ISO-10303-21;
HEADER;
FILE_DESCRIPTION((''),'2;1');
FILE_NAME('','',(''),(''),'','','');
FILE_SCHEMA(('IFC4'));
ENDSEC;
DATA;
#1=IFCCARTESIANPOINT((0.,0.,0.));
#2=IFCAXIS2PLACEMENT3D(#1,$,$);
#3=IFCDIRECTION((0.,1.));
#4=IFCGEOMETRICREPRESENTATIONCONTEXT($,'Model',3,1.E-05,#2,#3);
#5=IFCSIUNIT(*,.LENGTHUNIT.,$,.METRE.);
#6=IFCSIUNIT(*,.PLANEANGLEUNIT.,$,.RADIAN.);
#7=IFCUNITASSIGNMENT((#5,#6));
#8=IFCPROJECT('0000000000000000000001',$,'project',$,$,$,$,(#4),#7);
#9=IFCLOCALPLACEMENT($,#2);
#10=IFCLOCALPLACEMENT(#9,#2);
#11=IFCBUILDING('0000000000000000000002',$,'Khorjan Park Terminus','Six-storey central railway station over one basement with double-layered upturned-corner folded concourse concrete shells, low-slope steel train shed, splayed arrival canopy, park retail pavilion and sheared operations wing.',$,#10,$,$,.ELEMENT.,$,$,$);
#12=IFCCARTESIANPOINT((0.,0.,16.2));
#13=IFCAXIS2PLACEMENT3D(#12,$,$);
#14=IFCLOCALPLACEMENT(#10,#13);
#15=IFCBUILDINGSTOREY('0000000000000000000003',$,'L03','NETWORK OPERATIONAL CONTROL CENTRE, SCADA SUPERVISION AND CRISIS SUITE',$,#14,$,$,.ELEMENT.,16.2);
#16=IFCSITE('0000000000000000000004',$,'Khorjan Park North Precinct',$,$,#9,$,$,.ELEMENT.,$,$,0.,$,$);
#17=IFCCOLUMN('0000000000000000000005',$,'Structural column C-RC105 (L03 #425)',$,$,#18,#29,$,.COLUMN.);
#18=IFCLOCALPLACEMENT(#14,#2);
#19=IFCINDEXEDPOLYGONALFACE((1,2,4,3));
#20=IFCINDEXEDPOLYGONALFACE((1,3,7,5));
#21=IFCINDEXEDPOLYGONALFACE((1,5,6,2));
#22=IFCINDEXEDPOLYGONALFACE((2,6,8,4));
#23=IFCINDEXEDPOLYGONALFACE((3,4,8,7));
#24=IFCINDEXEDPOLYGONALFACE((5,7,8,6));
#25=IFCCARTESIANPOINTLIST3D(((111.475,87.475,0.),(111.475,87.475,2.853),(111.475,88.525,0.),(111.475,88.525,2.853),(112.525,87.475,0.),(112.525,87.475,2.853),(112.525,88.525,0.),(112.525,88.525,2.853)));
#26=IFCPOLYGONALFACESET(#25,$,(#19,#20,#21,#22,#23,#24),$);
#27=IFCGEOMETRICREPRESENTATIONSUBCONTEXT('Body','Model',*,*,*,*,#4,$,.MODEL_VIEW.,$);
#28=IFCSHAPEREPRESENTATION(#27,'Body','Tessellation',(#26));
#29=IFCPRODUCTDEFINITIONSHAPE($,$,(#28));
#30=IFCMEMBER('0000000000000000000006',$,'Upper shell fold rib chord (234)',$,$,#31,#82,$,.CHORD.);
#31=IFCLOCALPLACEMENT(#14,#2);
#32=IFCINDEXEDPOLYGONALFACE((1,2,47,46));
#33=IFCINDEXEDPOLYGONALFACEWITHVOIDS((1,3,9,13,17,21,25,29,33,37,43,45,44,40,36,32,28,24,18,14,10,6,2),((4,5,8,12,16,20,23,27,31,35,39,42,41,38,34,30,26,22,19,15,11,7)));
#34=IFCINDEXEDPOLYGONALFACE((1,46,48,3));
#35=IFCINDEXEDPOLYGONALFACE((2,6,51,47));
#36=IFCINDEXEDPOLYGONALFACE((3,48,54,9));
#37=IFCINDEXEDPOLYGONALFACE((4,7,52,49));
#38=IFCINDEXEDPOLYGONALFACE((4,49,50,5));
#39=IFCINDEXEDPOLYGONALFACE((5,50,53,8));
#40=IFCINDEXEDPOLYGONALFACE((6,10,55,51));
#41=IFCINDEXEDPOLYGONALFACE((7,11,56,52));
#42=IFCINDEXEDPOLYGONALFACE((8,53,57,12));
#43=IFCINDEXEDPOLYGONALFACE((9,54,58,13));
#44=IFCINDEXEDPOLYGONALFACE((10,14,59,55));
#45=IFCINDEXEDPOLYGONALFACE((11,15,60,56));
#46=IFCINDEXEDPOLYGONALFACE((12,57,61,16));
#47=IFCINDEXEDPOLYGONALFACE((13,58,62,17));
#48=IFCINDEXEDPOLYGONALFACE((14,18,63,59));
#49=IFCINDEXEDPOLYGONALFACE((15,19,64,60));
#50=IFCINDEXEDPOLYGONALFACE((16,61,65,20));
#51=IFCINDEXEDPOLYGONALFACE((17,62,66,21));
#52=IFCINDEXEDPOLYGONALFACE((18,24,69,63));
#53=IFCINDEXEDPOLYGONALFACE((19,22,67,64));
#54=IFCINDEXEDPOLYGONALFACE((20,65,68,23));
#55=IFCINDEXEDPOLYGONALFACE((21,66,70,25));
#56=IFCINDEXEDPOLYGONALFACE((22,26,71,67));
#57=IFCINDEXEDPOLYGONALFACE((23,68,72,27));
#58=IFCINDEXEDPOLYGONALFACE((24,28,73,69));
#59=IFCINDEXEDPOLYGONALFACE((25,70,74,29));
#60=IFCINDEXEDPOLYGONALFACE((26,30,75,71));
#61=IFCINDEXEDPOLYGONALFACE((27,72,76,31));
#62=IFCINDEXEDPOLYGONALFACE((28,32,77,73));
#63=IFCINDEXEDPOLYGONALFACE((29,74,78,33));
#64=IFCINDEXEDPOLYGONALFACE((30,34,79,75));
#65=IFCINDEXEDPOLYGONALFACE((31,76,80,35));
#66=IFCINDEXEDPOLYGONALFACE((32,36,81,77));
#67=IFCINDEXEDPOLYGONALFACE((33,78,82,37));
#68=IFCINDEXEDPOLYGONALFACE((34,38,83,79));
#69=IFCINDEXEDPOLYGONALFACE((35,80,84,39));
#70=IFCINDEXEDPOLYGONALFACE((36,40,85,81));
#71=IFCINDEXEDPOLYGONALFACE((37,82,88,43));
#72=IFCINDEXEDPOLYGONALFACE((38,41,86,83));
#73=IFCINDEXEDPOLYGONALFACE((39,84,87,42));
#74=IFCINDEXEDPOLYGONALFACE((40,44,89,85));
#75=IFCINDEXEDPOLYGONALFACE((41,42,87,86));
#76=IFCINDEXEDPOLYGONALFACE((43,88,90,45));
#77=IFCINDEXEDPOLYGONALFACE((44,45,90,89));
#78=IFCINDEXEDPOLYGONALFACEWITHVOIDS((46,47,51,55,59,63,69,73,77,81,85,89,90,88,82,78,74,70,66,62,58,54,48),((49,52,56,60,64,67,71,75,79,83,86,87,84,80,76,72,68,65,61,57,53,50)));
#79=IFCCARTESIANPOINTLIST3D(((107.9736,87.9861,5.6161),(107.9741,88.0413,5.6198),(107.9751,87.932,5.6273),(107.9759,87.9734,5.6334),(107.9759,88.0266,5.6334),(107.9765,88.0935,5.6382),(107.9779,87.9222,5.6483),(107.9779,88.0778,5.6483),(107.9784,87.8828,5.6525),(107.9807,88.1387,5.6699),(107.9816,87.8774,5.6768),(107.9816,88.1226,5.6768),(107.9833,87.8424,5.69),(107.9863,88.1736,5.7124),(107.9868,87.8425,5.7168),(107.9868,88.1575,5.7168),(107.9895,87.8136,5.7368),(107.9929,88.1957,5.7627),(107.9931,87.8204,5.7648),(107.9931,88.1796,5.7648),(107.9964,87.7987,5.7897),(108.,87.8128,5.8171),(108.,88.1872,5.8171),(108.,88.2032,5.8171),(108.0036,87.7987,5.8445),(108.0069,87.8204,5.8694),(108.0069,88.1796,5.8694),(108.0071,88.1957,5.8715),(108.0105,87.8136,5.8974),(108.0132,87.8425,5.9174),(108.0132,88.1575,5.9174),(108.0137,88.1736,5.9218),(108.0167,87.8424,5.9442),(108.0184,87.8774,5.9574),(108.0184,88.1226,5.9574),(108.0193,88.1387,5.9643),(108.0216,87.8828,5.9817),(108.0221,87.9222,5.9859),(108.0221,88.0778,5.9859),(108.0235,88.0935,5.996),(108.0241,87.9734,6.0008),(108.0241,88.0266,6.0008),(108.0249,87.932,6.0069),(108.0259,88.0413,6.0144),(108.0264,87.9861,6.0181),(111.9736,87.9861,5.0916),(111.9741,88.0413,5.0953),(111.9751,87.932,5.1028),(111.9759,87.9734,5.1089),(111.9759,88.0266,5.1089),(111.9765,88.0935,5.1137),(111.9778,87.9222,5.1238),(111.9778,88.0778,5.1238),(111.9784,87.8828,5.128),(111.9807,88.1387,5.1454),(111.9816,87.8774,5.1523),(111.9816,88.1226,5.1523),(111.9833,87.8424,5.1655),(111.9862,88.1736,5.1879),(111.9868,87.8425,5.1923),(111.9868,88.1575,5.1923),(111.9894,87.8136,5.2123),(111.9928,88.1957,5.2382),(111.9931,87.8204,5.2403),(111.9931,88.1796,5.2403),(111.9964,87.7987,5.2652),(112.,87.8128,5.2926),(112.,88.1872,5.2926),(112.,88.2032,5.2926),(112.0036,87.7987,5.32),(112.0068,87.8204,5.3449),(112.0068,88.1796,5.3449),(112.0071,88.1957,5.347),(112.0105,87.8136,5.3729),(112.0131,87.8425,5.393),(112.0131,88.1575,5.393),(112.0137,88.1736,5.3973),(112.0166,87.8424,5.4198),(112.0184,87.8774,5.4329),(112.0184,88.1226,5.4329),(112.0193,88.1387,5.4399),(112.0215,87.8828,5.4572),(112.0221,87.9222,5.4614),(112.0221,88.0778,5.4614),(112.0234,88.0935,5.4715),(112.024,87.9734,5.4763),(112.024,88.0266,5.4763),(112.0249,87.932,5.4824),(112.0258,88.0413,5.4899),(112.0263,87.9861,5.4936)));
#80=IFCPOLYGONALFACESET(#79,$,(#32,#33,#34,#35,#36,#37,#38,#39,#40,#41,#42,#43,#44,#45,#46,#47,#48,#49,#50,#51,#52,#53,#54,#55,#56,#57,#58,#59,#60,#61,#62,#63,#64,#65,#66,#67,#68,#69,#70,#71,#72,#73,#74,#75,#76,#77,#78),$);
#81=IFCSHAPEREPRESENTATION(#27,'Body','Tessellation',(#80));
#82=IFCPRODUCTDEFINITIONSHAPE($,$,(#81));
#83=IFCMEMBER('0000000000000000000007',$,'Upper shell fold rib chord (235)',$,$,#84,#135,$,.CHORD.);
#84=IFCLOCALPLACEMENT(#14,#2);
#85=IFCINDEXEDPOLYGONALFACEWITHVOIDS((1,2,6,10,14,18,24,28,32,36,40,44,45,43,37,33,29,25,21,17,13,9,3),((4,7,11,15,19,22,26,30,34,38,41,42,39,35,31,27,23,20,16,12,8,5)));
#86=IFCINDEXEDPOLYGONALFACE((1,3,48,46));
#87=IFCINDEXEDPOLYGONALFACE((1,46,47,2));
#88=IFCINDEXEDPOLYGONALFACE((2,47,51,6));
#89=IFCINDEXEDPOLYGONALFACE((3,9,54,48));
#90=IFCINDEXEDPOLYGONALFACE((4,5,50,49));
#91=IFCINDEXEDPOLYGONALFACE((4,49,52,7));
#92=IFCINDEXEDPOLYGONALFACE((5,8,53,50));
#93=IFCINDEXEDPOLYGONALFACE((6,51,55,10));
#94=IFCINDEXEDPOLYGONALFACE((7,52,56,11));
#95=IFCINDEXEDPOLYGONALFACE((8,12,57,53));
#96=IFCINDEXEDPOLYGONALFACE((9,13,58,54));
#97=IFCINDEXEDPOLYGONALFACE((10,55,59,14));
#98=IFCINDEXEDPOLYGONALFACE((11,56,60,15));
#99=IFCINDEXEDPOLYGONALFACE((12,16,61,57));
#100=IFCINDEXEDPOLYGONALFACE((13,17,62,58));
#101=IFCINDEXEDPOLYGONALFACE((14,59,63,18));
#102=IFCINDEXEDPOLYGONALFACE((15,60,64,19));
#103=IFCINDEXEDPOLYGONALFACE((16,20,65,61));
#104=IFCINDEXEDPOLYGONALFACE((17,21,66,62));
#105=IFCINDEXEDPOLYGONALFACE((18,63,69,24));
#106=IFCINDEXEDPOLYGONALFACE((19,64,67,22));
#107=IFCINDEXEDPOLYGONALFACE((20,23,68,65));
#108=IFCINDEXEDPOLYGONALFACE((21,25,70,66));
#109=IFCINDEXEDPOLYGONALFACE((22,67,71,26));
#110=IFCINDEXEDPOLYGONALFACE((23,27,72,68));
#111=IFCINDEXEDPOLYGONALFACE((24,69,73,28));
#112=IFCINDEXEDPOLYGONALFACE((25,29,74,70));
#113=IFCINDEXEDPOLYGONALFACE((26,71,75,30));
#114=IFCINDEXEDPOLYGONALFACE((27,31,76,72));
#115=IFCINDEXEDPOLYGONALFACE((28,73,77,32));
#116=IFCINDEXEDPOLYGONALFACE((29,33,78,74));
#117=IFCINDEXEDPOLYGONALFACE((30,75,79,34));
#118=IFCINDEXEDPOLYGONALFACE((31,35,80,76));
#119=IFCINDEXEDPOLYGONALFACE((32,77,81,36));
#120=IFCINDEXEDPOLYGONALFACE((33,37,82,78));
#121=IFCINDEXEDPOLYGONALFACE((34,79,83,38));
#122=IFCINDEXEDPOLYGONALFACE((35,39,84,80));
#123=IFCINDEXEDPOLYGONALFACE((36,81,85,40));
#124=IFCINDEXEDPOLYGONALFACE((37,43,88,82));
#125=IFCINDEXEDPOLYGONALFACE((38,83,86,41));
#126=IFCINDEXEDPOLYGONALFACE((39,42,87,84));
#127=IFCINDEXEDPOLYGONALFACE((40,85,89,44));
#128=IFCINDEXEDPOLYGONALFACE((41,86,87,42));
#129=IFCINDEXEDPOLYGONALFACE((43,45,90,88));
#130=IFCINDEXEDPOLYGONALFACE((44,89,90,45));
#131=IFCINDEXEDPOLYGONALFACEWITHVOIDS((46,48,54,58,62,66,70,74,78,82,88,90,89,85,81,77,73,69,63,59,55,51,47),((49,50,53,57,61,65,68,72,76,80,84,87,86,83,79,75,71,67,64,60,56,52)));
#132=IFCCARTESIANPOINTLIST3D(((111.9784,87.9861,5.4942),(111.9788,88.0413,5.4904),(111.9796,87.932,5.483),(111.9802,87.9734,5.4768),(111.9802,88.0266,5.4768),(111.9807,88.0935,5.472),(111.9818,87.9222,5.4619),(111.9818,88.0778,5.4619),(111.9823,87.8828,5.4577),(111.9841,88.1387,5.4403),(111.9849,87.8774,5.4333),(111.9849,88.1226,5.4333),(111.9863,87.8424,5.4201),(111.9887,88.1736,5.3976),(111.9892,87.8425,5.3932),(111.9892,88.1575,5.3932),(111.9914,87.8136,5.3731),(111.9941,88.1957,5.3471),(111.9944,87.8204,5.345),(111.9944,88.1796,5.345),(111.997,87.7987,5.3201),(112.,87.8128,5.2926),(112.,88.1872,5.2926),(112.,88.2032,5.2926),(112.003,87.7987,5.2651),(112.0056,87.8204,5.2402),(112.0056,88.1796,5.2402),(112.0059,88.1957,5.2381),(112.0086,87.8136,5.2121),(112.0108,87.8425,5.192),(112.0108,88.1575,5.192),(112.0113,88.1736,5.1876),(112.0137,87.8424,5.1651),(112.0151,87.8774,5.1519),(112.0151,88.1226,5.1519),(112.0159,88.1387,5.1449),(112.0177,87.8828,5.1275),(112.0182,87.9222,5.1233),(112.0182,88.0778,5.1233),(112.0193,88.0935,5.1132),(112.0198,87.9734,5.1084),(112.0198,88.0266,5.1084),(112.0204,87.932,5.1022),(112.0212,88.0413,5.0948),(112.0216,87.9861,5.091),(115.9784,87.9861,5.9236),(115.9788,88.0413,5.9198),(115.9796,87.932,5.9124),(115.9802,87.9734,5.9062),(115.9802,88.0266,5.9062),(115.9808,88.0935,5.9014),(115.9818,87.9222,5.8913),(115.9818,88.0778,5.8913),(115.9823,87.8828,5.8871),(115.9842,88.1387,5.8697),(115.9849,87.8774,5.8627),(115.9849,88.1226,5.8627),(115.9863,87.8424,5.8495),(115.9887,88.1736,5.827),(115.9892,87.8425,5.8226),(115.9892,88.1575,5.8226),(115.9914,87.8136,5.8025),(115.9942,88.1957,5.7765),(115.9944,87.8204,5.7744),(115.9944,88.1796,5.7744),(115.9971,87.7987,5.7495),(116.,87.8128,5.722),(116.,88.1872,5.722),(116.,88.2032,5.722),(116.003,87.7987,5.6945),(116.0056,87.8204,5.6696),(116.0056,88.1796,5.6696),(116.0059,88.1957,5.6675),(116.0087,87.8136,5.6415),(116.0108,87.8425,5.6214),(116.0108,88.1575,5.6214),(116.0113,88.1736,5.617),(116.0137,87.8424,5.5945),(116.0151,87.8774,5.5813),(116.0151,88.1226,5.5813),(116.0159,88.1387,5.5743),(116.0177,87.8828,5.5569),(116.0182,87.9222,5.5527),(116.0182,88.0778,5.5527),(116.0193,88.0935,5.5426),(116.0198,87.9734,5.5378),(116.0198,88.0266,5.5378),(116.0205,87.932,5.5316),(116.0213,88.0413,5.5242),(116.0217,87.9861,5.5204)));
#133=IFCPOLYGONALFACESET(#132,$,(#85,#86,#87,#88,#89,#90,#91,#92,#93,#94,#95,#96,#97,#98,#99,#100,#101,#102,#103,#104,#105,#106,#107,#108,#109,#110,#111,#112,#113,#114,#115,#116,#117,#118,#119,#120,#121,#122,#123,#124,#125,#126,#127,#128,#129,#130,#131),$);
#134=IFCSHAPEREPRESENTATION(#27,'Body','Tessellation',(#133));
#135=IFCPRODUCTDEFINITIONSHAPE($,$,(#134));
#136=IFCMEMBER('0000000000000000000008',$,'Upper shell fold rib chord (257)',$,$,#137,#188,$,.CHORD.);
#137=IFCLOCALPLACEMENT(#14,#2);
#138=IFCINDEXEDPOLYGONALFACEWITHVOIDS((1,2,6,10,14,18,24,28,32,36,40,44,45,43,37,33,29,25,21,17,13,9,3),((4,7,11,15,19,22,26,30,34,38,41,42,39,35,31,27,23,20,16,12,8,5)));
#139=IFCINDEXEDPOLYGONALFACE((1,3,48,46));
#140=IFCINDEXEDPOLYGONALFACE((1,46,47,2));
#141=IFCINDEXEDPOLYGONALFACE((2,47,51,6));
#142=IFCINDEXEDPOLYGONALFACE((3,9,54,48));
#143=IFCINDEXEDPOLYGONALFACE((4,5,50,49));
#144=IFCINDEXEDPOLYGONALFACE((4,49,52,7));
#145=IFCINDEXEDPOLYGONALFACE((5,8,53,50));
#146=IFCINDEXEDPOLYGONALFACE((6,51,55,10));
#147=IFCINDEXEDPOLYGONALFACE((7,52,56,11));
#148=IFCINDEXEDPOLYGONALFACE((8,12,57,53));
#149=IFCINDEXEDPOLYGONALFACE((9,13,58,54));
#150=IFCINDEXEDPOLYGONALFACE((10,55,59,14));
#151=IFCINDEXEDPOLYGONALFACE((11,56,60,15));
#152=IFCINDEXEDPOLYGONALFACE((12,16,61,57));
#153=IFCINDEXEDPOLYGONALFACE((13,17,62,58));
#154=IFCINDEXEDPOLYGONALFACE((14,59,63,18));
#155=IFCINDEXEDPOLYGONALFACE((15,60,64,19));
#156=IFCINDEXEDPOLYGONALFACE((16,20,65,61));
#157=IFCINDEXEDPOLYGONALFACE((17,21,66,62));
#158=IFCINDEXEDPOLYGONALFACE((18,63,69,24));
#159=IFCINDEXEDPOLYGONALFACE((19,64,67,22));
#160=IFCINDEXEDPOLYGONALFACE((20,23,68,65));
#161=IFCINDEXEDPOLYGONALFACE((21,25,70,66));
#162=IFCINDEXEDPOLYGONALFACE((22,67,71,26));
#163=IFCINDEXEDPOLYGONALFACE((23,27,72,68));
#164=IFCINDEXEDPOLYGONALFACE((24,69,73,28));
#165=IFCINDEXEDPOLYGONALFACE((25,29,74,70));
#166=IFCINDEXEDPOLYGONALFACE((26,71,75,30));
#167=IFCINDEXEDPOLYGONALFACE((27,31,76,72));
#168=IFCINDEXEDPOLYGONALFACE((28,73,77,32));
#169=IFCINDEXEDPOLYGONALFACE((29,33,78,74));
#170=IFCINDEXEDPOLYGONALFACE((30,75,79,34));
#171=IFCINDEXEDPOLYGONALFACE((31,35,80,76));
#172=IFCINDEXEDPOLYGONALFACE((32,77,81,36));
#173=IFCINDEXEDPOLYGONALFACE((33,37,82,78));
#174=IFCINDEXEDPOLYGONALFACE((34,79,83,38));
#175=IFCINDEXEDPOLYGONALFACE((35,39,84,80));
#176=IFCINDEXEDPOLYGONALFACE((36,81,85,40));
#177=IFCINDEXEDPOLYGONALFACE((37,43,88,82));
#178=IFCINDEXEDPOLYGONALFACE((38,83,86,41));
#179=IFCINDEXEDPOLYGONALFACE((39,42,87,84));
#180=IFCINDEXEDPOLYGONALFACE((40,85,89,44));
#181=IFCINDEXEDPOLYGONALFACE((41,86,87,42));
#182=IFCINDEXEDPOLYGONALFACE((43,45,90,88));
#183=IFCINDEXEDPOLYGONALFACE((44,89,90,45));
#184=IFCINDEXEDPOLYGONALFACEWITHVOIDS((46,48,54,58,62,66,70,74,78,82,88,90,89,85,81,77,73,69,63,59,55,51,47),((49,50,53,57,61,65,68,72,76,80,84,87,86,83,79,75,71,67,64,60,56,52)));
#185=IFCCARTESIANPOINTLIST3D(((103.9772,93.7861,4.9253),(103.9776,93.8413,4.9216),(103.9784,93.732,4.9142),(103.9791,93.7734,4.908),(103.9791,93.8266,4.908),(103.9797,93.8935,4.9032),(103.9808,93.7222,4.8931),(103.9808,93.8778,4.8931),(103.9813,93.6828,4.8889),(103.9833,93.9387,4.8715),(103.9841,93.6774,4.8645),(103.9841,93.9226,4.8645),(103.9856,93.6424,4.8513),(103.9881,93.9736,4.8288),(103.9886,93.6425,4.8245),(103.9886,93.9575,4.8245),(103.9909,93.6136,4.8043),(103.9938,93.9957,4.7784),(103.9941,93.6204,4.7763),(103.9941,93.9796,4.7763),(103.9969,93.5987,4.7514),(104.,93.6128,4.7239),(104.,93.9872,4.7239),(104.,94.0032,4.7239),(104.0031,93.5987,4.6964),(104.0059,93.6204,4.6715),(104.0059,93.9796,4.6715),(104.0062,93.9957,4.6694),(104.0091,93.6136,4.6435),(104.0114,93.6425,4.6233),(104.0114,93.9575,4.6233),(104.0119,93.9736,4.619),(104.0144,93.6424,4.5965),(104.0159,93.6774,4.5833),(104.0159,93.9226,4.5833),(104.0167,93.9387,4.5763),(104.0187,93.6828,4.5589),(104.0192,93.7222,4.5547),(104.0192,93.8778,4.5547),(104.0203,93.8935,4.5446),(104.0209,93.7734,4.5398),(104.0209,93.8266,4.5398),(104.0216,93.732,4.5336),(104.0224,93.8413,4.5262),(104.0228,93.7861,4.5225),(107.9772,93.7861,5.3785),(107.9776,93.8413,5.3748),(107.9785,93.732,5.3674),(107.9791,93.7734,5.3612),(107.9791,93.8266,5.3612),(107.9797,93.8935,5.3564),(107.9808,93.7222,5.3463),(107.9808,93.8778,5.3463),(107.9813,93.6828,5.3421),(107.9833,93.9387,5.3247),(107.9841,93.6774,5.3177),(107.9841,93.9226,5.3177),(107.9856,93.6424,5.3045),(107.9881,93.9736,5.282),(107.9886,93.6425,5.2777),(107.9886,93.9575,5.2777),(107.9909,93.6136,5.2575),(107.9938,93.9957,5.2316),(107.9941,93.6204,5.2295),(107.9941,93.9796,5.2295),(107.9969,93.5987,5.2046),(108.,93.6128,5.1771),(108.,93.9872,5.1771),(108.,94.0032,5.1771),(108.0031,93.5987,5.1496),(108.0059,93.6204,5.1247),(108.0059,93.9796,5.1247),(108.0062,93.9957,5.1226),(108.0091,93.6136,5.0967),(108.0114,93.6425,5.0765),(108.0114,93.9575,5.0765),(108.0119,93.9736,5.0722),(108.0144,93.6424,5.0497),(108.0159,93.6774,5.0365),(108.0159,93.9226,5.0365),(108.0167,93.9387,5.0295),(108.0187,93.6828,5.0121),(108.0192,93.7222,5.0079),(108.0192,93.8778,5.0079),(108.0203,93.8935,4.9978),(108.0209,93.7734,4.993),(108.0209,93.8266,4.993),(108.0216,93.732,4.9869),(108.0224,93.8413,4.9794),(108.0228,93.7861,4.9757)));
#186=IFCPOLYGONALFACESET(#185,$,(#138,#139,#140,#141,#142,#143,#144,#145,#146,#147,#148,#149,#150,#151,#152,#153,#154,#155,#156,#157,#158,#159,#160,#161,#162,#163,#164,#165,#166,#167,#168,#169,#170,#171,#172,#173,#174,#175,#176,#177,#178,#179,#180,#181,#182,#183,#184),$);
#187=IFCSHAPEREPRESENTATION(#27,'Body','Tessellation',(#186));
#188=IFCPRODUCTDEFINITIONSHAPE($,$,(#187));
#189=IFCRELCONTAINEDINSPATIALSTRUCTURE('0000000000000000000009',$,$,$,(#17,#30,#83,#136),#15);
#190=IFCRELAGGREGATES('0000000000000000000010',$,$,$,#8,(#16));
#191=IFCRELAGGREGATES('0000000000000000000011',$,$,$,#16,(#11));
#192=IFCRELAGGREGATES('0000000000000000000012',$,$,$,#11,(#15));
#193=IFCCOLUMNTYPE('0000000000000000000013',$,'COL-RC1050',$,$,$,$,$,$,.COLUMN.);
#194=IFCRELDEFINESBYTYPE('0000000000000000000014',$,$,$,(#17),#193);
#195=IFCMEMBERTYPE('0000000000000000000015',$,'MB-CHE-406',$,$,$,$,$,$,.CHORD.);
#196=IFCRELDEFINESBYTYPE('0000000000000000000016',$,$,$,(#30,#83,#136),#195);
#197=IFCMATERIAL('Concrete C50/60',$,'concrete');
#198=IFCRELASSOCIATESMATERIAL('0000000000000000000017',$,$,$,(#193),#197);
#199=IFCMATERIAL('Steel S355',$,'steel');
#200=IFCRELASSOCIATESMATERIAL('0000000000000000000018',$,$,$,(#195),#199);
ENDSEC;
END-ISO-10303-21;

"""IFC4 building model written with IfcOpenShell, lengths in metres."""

from ifc_helpers import new_model, si_unit, direction, frame, origin, origin_2d, place, context, subcontext, project, spatial, rectangle, hollow_circle, extrude, material, material_profile, profile_set, type_object, element, save


model = new_model("IFC4")

# Units and contexts
model_context = context("Model", 3, precision=1e-05, world=origin(), true_north=direction((0.0, 1.0)))
body_context = subcontext(model_context, "Body", "Model", "MODEL_VIEW")
ifc_project = project(units=[si_unit("LENGTHUNIT", "METRE"), si_unit("PLANEANGLEUNIT", "RADIAN")], contexts=[model_context])

# Site, building, storey
site_placement = place(None, origin())
site = spatial("IfcSite", under=ifc_project, at=site_placement, Name="Khorjan Park North Precinct", CompositionType="ELEMENT", RefElevation=0.0)
building_placement = place(site_placement, origin())
building = spatial("IfcBuilding", under=site, at=building_placement, Name="Khorjan Park Terminus", Description="Six-storey central railway station over one basement with double-layered upturned-corner folded concourse concrete shells, low-slope steel train shed, splayed arrival canopy, park retail pavilion and sheared operations wing.", CompositionType="ELEMENT")
storey_placement = place(building_placement, frame((0.0, 0.0, 16.2)))
storey = spatial("IfcBuildingStorey", under=building, at=storey_placement, Name="L03", Description="NETWORK OPERATIONAL CONTROL CENTRE, SCADA SUPERVISION AND CRISIS SUITE", CompositionType="ELEMENT", Elevation=16.2)

# Column
ifc_material_1 = material(Name="Concrete C50/60", Category="concrete")
ifc_material_profile_1 = material_profile(ifc_material_1, rectangle(XDim=1.05, YDim=1.05, at=origin_2d()), Name="RC 1050x1050")
ifc_profile_set_1 = profile_set([ifc_material_profile_1], Name="Concrete C50/60")
column_type = type_object("IfcColumnType", Name="COL-RC1050", PredefinedType="COLUMN", material=ifc_profile_set_1)
column_placement = place(storey_placement, frame((112.0, 88.0, 0.0), z_axis=(0.0, 0.0, 1.0), x_axis=(1.0, 0.0, 0.0)))
element("IfcColumn", 1, at=column_placement, inside=storey, type_object=column_type, Name="Structural column C-RC105 (L03 #425)", PredefinedType="COLUMN", context=body_context, shape_type="SweptSolid", body=[
    extrude(rectangle(XDim=1.05, YDim=1.05, at=origin_2d()), origin(), (0.0, 0.0, 1.0), 2.853),
])

# Members
ifc_material_2 = material(Name="Steel S355", Category="steel")
ifc_material_profile_2 = material_profile(ifc_material_2, hollow_circle(Radius=0.2032, WallThickness=0.016, at=origin_2d()), Name="CHS 406.4x16")
ifc_profile_set_2 = profile_set([ifc_material_profile_2], Name="Steel S355")
member_type_1 = type_object("IfcMemberType", Name="MB-CHE-406", PredefinedType="CHORD", material=ifc_profile_set_2)
member_1_placement = place(storey_placement, frame((108.0, 88.0, 5.8171), z_axis=(0.991512, 0.0, -0.130012), x_axis=(0.0, 1.0, 0.0)))
element("IfcMember", 2, at=member_1_placement, inside=storey, type_object=member_type_1, Name="Upper shell fold rib chord (234)", PredefinedType="CHORD", context=body_context, shape_type="SweptSolid", body=[
    extrude(hollow_circle(Radius=0.2032, WallThickness=0.016, at=origin_2d()), origin(), (0.0, 0.0, 1.0), 4.0342),
])
member_2_placement = place(storey_placement, frame((112.0, 88.0, 5.2926), z_axis=(0.994287, 0.0, 0.106737), x_axis=(0.0, 1.0, 0.0)))
element("IfcMember", 3, at=member_2_placement, inside=storey, type_object=member_type_1, Name="Upper shell fold rib chord (235)", PredefinedType="CHORD", context=body_context, shape_type="SweptSolid", body=[
    extrude(hollow_circle(Radius=0.2032, WallThickness=0.016, at=origin_2d()), origin(), (0.0, 0.0, 1.0), 4.023),
])
member_3_placement = place(storey_placement, frame((104.0, 93.8, 4.7239), z_axis=(0.993643, 0.0, 0.11258), x_axis=(0.0, 1.0, 0.0)))
element("IfcMember", 4, at=member_3_placement, inside=storey, type_object=member_type_1, Name="Upper shell fold rib chord (257)", PredefinedType="CHORD", context=body_context, shape_type="SweptSolid", body=[
    extrude(hollow_circle(Radius=0.2032, WallThickness=0.016, at=origin_2d()), origin(), (0.0, 0.0, 1.0), 4.0256),
])

save(model, "model.ifc")
